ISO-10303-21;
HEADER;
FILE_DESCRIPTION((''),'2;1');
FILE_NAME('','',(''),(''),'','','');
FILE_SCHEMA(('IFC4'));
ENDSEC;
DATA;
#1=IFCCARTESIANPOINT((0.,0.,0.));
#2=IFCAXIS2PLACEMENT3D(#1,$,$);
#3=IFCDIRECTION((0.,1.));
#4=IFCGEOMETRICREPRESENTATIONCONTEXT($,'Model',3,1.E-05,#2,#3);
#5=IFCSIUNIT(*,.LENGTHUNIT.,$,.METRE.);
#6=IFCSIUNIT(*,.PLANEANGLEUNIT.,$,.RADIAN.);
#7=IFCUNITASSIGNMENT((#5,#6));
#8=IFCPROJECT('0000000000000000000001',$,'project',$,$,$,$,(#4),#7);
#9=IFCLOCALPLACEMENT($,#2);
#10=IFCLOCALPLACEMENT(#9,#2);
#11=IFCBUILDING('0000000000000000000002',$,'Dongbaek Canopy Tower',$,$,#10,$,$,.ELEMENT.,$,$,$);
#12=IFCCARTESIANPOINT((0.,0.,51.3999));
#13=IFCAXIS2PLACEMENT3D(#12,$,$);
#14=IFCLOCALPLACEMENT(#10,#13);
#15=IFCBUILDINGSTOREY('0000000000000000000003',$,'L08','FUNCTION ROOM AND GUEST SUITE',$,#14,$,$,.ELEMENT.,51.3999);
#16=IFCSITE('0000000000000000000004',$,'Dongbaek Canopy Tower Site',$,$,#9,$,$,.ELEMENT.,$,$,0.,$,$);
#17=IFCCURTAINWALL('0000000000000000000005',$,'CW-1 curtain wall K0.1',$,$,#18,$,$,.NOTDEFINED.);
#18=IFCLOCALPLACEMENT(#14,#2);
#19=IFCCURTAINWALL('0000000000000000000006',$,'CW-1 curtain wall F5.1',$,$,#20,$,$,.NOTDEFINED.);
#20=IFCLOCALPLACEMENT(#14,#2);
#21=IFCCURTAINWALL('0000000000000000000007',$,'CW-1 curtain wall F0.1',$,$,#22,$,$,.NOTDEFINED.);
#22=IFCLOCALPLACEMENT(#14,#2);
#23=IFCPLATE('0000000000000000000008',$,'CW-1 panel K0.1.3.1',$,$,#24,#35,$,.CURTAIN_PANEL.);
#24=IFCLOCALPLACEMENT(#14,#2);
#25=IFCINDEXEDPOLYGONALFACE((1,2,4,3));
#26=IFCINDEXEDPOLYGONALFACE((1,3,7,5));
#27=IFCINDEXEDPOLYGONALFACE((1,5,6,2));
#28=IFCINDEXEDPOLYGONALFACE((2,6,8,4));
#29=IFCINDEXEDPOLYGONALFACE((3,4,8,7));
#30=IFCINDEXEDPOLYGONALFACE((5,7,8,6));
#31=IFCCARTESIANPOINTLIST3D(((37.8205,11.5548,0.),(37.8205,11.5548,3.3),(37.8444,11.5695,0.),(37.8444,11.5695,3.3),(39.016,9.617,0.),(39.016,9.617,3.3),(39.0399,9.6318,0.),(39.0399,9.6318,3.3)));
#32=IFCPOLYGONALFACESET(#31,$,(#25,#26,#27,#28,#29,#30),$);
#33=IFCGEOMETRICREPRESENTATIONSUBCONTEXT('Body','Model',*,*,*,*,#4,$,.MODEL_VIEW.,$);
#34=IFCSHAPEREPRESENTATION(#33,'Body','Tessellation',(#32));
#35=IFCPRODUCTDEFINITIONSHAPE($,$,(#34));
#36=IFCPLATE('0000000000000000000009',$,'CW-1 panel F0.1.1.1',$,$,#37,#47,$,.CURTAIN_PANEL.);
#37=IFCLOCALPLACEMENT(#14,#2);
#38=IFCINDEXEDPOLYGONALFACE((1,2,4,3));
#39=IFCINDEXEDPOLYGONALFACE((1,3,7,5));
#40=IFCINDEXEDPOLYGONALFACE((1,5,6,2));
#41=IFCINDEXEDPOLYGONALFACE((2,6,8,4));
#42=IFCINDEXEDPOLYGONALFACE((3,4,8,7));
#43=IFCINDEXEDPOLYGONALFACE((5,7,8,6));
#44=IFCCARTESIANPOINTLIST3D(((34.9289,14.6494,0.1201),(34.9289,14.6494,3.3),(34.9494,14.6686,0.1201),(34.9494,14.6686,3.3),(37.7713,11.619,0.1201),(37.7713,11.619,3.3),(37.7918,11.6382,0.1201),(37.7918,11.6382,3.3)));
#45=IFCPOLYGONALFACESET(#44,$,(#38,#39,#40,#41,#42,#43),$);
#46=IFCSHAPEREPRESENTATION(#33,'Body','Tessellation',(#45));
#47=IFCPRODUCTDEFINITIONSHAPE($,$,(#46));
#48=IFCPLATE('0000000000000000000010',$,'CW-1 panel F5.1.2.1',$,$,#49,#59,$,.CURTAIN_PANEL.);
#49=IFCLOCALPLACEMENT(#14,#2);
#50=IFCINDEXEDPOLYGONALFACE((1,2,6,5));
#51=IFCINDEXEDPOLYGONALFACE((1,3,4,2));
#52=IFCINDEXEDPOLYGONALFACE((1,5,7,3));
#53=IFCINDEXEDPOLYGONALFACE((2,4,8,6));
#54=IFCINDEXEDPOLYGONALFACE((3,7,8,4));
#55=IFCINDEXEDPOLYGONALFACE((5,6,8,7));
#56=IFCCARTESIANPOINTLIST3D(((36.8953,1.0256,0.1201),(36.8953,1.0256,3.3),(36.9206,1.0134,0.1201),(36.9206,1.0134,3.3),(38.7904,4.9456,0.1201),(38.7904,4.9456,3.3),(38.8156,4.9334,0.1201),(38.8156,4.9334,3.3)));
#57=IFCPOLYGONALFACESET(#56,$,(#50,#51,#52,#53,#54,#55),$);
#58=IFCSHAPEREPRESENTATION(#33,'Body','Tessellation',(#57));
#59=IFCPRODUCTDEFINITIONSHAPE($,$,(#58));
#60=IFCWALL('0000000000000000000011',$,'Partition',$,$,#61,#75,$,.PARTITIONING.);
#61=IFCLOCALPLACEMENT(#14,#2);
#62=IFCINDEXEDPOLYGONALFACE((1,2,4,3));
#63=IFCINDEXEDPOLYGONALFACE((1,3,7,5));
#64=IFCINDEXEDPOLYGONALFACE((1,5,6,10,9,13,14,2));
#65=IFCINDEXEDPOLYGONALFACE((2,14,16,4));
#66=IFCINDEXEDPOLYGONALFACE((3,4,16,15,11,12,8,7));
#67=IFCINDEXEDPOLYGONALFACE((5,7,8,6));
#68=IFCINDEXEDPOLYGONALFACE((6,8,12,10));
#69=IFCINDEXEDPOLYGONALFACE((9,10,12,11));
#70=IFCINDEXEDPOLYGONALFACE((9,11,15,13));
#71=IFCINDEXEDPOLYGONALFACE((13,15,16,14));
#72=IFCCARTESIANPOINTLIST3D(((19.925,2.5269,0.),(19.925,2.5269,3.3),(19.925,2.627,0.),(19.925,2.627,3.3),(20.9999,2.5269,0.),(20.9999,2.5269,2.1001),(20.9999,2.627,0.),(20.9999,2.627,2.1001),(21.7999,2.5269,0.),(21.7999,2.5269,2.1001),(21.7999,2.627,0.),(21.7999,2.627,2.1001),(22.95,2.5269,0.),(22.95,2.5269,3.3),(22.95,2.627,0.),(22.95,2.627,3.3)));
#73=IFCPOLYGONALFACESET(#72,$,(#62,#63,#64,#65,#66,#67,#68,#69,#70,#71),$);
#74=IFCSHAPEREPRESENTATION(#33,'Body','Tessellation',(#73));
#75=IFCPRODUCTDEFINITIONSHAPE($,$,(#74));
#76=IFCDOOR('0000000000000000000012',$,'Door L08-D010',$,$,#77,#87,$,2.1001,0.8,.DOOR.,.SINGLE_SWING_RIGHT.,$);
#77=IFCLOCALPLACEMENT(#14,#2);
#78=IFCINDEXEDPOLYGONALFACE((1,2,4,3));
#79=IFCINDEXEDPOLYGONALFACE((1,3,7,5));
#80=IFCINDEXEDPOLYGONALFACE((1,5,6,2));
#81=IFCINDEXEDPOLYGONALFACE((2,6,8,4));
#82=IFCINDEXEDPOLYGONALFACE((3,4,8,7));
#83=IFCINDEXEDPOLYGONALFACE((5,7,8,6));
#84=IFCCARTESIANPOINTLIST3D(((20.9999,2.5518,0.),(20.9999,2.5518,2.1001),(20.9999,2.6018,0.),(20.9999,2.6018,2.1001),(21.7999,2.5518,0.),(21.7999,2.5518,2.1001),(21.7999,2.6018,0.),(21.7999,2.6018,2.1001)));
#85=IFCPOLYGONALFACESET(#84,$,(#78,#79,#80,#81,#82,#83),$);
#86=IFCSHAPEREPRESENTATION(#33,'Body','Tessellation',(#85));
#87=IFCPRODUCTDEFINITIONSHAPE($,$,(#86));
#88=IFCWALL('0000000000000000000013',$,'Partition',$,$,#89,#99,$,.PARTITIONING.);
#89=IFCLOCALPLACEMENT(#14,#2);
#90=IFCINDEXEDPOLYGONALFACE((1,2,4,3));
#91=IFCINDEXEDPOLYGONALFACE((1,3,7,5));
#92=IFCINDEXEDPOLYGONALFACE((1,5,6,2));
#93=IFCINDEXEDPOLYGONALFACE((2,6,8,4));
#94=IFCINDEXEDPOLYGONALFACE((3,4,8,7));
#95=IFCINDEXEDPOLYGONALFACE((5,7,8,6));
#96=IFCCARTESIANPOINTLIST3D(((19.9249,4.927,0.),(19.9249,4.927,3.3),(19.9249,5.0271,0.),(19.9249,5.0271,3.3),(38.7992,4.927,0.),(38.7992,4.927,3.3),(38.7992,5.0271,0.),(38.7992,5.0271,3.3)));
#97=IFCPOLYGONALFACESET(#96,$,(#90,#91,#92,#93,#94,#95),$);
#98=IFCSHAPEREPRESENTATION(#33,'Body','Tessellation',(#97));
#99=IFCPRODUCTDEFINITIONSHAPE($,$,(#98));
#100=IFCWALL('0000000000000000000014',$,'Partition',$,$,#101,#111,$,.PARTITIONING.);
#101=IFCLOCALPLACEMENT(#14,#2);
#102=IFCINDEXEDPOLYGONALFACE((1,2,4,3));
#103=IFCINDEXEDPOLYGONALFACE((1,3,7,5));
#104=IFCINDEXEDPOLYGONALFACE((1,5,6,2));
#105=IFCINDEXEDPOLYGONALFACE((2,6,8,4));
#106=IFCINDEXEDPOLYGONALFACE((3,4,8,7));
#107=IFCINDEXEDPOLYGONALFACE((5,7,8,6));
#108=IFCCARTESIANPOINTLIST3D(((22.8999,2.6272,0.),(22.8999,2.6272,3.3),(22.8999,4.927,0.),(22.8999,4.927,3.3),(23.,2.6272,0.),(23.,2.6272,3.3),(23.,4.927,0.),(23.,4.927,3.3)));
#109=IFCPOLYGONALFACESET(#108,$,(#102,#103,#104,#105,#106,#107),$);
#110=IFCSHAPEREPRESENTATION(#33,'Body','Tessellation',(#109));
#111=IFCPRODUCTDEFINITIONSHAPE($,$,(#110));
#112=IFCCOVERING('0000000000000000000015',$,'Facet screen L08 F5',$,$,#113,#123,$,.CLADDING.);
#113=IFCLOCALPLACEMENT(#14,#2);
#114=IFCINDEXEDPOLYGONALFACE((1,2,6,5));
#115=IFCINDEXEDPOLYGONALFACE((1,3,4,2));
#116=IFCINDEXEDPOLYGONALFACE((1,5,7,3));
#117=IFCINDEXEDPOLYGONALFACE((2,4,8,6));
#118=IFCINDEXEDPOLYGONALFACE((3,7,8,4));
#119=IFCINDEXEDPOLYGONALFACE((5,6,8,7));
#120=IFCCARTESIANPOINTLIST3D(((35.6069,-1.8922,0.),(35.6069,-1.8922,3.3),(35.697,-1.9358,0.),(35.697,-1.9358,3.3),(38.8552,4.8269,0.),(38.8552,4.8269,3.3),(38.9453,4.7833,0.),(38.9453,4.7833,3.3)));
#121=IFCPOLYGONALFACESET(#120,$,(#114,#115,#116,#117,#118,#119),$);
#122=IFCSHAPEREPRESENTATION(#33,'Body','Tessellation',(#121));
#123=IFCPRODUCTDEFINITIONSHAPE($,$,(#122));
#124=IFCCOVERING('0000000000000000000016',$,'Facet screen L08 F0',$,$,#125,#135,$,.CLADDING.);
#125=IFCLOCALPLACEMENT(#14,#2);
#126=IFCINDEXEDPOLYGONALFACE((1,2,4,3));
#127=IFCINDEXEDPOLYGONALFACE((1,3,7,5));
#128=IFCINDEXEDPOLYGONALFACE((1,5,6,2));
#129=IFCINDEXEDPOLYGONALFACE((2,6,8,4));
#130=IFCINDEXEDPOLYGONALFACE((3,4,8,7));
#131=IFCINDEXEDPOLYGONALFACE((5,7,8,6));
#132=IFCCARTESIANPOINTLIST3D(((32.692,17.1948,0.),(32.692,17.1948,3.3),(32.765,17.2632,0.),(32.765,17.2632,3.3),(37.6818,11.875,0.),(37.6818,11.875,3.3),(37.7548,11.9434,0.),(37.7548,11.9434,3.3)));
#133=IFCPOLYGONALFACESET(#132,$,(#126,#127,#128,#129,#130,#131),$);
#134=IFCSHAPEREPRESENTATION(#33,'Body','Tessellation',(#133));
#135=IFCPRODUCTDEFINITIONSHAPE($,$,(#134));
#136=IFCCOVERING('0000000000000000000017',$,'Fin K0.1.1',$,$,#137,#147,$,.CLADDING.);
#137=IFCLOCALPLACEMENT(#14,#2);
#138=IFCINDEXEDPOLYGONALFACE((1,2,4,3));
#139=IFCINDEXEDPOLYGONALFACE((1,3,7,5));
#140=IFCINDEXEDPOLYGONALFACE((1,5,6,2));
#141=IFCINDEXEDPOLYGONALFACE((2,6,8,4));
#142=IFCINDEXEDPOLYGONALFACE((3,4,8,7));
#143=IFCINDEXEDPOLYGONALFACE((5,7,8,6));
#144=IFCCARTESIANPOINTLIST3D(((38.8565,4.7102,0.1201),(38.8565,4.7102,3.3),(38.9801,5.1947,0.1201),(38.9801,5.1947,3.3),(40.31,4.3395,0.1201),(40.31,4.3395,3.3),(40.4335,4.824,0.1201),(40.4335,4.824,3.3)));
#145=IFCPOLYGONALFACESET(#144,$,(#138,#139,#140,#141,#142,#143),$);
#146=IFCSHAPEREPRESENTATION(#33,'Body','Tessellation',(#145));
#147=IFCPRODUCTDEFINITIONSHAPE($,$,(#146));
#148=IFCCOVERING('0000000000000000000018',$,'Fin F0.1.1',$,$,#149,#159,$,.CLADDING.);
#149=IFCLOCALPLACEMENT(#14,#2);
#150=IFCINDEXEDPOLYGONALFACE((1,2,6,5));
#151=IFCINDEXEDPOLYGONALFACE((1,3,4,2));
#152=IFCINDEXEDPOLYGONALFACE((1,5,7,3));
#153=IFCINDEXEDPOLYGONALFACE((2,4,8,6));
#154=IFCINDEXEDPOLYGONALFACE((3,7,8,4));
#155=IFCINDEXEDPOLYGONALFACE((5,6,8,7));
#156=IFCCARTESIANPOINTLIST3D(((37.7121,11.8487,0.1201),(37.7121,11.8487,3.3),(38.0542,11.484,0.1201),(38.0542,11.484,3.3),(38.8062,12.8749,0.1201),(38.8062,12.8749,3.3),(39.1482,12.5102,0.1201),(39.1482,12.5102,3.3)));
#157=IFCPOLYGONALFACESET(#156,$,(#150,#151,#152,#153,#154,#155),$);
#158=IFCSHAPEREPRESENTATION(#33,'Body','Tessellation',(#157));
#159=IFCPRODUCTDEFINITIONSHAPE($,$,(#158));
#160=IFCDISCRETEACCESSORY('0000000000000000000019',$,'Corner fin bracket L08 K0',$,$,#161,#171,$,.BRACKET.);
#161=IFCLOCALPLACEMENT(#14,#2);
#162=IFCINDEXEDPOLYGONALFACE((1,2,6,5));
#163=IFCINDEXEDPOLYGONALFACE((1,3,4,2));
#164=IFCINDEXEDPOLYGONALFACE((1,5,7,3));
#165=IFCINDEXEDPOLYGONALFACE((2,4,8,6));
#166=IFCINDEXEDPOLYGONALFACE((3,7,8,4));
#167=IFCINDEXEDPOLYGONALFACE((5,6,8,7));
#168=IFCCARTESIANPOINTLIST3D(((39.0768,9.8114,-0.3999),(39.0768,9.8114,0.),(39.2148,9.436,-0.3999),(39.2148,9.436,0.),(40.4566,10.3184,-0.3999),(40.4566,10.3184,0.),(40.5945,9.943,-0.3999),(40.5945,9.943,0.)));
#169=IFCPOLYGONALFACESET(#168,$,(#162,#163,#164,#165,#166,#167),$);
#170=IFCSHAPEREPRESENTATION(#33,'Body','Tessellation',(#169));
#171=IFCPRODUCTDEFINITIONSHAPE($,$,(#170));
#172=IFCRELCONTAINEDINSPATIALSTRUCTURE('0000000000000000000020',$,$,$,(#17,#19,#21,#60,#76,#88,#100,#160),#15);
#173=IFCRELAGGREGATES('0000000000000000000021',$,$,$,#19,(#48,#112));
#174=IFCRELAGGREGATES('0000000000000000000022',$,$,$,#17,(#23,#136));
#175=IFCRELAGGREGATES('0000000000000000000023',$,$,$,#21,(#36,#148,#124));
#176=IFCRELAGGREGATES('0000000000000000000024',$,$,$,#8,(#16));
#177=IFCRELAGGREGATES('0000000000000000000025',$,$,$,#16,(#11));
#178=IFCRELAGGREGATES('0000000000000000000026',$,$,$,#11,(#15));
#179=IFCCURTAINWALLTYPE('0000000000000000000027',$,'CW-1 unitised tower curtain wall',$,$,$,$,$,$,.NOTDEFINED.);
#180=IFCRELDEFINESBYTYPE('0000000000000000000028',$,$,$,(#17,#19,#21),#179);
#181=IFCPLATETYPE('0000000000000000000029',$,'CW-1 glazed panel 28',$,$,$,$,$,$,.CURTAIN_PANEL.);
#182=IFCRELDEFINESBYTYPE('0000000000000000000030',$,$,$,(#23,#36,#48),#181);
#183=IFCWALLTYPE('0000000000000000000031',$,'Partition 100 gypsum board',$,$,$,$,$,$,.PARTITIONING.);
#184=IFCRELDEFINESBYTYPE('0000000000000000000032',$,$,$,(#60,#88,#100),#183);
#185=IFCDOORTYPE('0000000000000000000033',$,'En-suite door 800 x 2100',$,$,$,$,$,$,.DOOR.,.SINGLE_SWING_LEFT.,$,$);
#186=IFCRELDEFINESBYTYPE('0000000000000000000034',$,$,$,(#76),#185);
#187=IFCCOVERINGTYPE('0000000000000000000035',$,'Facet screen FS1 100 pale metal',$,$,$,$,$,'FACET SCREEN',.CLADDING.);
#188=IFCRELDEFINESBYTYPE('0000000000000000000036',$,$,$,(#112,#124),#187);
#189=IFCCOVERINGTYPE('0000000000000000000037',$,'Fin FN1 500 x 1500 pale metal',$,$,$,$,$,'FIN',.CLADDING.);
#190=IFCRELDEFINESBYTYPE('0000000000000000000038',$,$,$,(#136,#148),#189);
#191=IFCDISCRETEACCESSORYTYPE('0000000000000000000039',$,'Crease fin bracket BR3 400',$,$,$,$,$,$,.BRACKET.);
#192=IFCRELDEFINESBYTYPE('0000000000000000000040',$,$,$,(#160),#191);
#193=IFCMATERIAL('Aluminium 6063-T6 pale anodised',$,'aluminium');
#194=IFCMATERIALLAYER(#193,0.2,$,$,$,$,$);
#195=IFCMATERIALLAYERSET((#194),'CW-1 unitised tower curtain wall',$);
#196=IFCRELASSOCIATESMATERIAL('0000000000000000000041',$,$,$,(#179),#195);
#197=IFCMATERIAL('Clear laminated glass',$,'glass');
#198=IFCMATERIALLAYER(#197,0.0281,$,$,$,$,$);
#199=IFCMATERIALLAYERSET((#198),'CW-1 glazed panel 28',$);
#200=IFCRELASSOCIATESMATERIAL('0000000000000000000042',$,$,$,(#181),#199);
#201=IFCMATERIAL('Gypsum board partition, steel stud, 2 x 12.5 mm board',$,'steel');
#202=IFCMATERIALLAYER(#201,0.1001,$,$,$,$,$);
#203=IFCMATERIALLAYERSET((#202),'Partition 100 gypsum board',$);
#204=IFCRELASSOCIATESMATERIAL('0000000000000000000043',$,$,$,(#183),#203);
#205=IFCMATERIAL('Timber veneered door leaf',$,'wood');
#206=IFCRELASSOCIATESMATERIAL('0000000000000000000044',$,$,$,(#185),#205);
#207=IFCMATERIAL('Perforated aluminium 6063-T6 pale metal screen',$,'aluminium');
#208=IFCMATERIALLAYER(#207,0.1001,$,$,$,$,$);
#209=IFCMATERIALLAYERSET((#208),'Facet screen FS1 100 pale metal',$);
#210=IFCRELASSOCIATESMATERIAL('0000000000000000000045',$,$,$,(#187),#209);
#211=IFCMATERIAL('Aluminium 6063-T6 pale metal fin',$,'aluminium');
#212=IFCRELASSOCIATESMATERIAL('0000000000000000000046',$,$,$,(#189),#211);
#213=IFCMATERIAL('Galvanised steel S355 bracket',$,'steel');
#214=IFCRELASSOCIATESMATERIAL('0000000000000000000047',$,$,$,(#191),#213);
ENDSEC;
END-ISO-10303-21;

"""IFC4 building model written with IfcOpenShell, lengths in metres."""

from ifc_helpers import new_model, si_unit, direction, frame, frame_2d, origin, origin_2d, place, context, subcontext, project, spatial, rectangle, extrude, material, layer, layer_set, material_profile, profile_set, type_object, element, fill, aggregate, save


model = new_model("IFC4")

# Units and contexts
model_context = context("Model", 3, precision=1e-05, world=origin(), true_north=direction((0.0, 1.0)))
body_context = subcontext(model_context, "Body", "Model", "MODEL_VIEW")
ifc_project = project(units=[si_unit("LENGTHUNIT", "METRE"), si_unit("PLANEANGLEUNIT", "RADIAN")], contexts=[model_context])

# Site, building, storey
site_placement = place(None, origin())
site = spatial("IfcSite", under=ifc_project, at=site_placement, Name="Dongbaek Canopy Tower Site", CompositionType="ELEMENT", RefElevation=0.0)
building_placement = place(site_placement, origin())
building = spatial("IfcBuilding", under=site, at=building_placement, Name="Dongbaek Canopy Tower", CompositionType="ELEMENT")
storey_placement = place(building_placement, frame((0.0, 0.0, 51.3999)))
storey = spatial("IfcBuildingStorey", under=building, at=storey_placement, Name="L08", Description="FUNCTION ROOM AND GUEST SUITE", CompositionType="ELEMENT", Elevation=51.3999)

# Curtain wall
ifc_material_1 = material(Name="Aluminium 6063-T6 pale anodised", Category="aluminium")
ifc_layer_1 = layer(ifc_material_1, 0.2)
ifc_layer_set_1 = layer_set([ifc_layer_1], Name="CW-1 unitised tower curtain wall")
curtain_wall_type = type_object("IfcCurtainWallType", Name="CW-1 unitised tower curtain wall", PredefinedType="NOTDEFINED", material=ifc_layer_set_1)
curtain_wall_1_placement = place(storey_placement, origin())
curtain_wall_1 = element("IfcCurtainWall", 1, at=curtain_wall_1_placement, inside=storey, type_object=curtain_wall_type, Name="CW-1 curtain wall K0.1", PredefinedType="NOTDEFINED")

# Curtain walls
curtain_wall_2_placement = place(storey_placement, origin())
curtain_wall_2 = element("IfcCurtainWall", 2, at=curtain_wall_2_placement, inside=storey, type_object=curtain_wall_type, Name="CW-1 curtain wall F5.1", PredefinedType="NOTDEFINED")
curtain_wall_3_placement = place(storey_placement, origin())
curtain_wall_3 = element("IfcCurtainWall", 3, at=curtain_wall_3_placement, inside=storey, type_object=curtain_wall_type, Name="CW-1 curtain wall F0.1", PredefinedType="NOTDEFINED")

# Plates
ifc_material_2 = material(Name="Clear laminated glass", Category="glass")
ifc_layer_2 = layer(ifc_material_2, 0.0281)
ifc_layer_set_2 = layer_set([ifc_layer_2], Name="CW-1 glazed panel 28")
plate_type = type_object("IfcPlateType", Name="CW-1 glazed panel 28", PredefinedType="CURTAIN_PANEL", material=ifc_layer_set_2)
plate_1_placement = place(storey_placement, frame((38.4302, 10.5933, 0.0), z_axis=(0.0, 0.0, 1.0), x_axis=(-0.525054, 0.851069, 0.0)))
plate_1 = element("IfcPlate", 4, at=plate_1_placement, type_object=plate_type, Name="CW-1 panel K0.1.3.1", PredefinedType="CURTAIN_PANEL", context=body_context, shape_type="SweptSolid", body=[
    extrude(rectangle(XDim=2.2769, YDim=0.0281, at=origin_2d()), origin(), (0.0, 0.0, 1.0), 3.3),
])
plate_2_placement = place(storey_placement, frame((36.3604, 13.1438, 0.1201), z_axis=(0.0, 0.0, 1.0), x_axis=(-0.68412, 0.729369, 0.0)))
plate_2 = element("IfcPlate", 5, at=plate_2_placement, type_object=plate_type, Name="CW-1 panel F0.1.1.1", PredefinedType="CURTAIN_PANEL", context=body_context, shape_type="SweptSolid", body=[
    extrude(rectangle(XDim=4.1548, YDim=0.0281, at=origin_2d()), origin(), (0.0, 0.0, 1.0), 3.1799),
])
plate_3_placement = place(storey_placement, frame((37.8555, 2.9795, 0.1201), z_axis=(0.0, 0.0, 1.0), x_axis=(0.435245, 0.900312, 0.0)))
plate_3 = element("IfcPlate", 6, at=plate_3_placement, type_object=plate_type, Name="CW-1 panel F5.1.2.1", PredefinedType="CURTAIN_PANEL", context=body_context, shape_type="SweptSolid", body=[
    extrude(rectangle(XDim=4.354, YDim=0.0281, at=origin_2d()), origin(), (0.0, 0.0, 1.0), 3.1799),
])

# Wall, opening, door
ifc_material_3 = material(Name="Gypsum board partition, steel stud, 2 x 12.5 mm board", Category="steel")
ifc_layer_3 = layer(ifc_material_3, 0.1001)
ifc_layer_set_3 = layer_set([ifc_layer_3], Name="Partition 100 gypsum board")
wall_type = type_object("IfcWallType", Name="Partition 100 gypsum board", PredefinedType="PARTITIONING", material=ifc_layer_set_3)
wall_1_placement = place(storey_placement, frame((19.925, 2.5769, 0.0), z_axis=(0.0, 0.0, 1.0), x_axis=(1.0, 0.0, 0.0)))
wall_1 = element("IfcWall", 7, at=wall_1_placement, inside=storey, type_object=wall_type, Name="Partition", PredefinedType="PARTITIONING", context=body_context, shape_type="SweptSolid", body=[
    extrude(rectangle(XDim=3.0249, YDim=0.1001, at=frame_2d((1.5125, 0.0))), origin(), (0.0, 0.0, 1.0), 3.3),
])
opening_placement = place(wall_1_placement, frame((1.075, 0.0, 0.0)))
opening = element("IfcOpeningElement", 8, at=opening_placement, cuts=wall_1, PredefinedType="OPENING", context=body_context, shape_type="SweptSolid", body=[
    extrude(rectangle(XDim=0.8, YDim=2.1001, at=frame_2d((0.3999, 1.05))), frame((0.0, 0.0601, 0.0), z_axis=(0.0, -1.0, 0.0), x_axis=(1.0, 0.0, 0.0)), (0.0, 0.0, 1.0), 0.1201),
])
ifc_material_4 = material(Name="Timber veneered door leaf", Category="wood")
door_type = type_object("IfcDoorType", Name="En-suite door 800 x 2100", OperationType="SINGLE_SWING_LEFT", PredefinedType="DOOR", material=ifc_material_4)
door_placement = place(opening_placement, origin())
door = element("IfcDoor", 9, at=door_placement, inside=storey, type_object=door_type, Name="Door L08-D010", OperationType="SINGLE_SWING_RIGHT", OverallHeight=2.1001, OverallWidth=0.8, PredefinedType="DOOR", context=body_context, shape_type="SweptSolid", body=[
    extrude(rectangle(XDim=0.8, YDim=2.1001, at=frame_2d((0.3999, 1.05))), frame((0.0, 0.0249, 0.0), z_axis=(0.0, -1.0, 0.0), x_axis=(1.0, 0.0, 0.0)), (0.0, 0.0, 1.0), 0.05),
])
fill(opening, door)

# Walls
wall_2_placement = place(storey_placement, frame((19.925, 4.9771, 0.0), z_axis=(0.0, 0.0, 1.0), x_axis=(1.0, 0.0, 0.0)))
element("IfcWall", 10, at=wall_2_placement, inside=storey, type_object=wall_type, Name="Partition", PredefinedType="PARTITIONING", context=body_context, shape_type="SweptSolid", body=[
    extrude(rectangle(XDim=18.8743, YDim=0.1001, at=frame_2d((9.437, 0.0))), origin(), (0.0, 0.0, 1.0), 3.3),
])
wall_3_placement = place(storey_placement, frame((22.95, 2.6272, 0.0), z_axis=(0.0, 0.0, 1.0), x_axis=(0.0, 1.0, 0.0)))
element("IfcWall", 11, at=wall_3_placement, inside=storey, type_object=wall_type, Name="Partition", PredefinedType="PARTITIONING", context=body_context, shape_type="SweptSolid", body=[
    extrude(rectangle(XDim=2.2998, YDim=0.1001, at=frame_2d((1.1499, 0.0))), origin(), (0.0, 0.0, 1.0), 3.3),
])

# Coverings
ifc_material_5 = material(Name="Perforated aluminium 6063-T6 pale metal screen", Category="aluminium")
ifc_layer_4 = layer(ifc_material_5, 0.1001)
ifc_layer_set_4 = layer_set([ifc_layer_4], Name="Facet screen FS1 100 pale metal")
covering_type_1 = type_object("IfcCoveringType", Name="Facet screen FS1 100 pale metal", ElementType="FACET SCREEN", PredefinedType="CLADDING", material=ifc_layer_set_4)
covering_1_placement = place(storey_placement, frame((37.2761, 1.4456, 0.0), z_axis=(0.0, 0.0, 1.0), x_axis=(0.435245, 0.900312, 0.0)))
covering_1 = element("IfcCovering", 12, at=covering_1_placement, type_object=covering_type_1, Name="Facet screen L08 F5", PredefinedType="CLADDING", context=body_context, shape_type="SweptSolid", body=[
    extrude(rectangle(XDim=7.4631, YDim=0.1001, at=origin_2d()), origin(), (0.0, 0.0, 1.0), 3.3),
])
aggregate(curtain_wall_2, [plate_3, covering_1])
covering_2_placement = place(storey_placement, frame((35.2234, 14.5691, 0.0), z_axis=(0.0, 0.0, 1.0), x_axis=(-0.684121, 0.729369, 0.0)))
covering_2 = element("IfcCovering", 13, at=covering_2_placement, type_object=covering_type_1, Name="Facet screen L08 F0", PredefinedType="CLADDING", context=body_context, shape_type="SweptSolid", body=[
    extrude(rectangle(XDim=7.2937, YDim=0.1001, at=origin_2d()), origin(), (0.0, 0.0, 1.0), 3.3),
])
ifc_material_6 = material(Name="Aluminium 6063-T6 pale metal fin", Category="aluminium")
ifc_material_profile_1 = material_profile(ifc_material_6, rectangle(XDim=1.5, YDim=0.5, at=origin_2d()), Name="Fin FN1 500 x 1500 pale metal")
ifc_profile_set_1 = profile_set([ifc_material_profile_1], Name="Aluminium 6063-T6 pale metal fin")
covering_type_2 = type_object("IfcCoveringType", Name="Fin FN1 500 x 1500 pale metal", ElementType="FIN", PredefinedType="CLADDING", material=ifc_profile_set_1)
covering_3_placement = place(storey_placement, frame((39.645, 4.7671, 0.1201), z_axis=(0.0, 0.0, 1.0), x_axis=(0.968988, -0.247106, 0.0)))
covering_3 = element("IfcCovering", 14, at=covering_3_placement, type_object=covering_type_2, Name="Fin K0.1.1", PredefinedType="CLADDING", context=body_context, shape_type="SweptSolid", body=[
    extrude(rectangle(XDim=1.5, YDim=0.5, at=origin_2d()), origin(), (0.0, 0.0, 1.0), 3.1799),
])
aggregate(curtain_wall_1, [plate_1, covering_3])
covering_4_placement = place(storey_placement, frame((38.4302, 12.1794, 0.1201), z_axis=(0.0, 0.0, 1.0), x_axis=(0.729369, 0.68412, 0.0)))
covering_4 = element("IfcCovering", 15, at=covering_4_placement, type_object=covering_type_2, Name="Fin F0.1.1", PredefinedType="CLADDING", context=body_context, shape_type="SweptSolid", body=[
    extrude(rectangle(XDim=1.5, YDim=0.5, at=origin_2d()), origin(), (0.0, 0.0, 1.0), 3.1799),
])
aggregate(curtain_wall_3, [plate_2, covering_4, covering_2])

# Discrete accessory
ifc_material_7 = material(Name="Galvanised steel S355 bracket", Category="steel")
discrete_accessory_type = type_object("IfcDiscreteAccessoryType", Name="Crease fin bracket BR3 400", PredefinedType="BRACKET", material=ifc_material_7)
discrete_accessory_placement = place(storey_placement, frame((39.8357, 9.8772, -0.3999), z_axis=(0.0, 0.0, 1.0), x_axis=(0.93863, 0.344926, 0.0)))
element("IfcDiscreteAccessory", 16, at=discrete_accessory_placement, inside=storey, type_object=discrete_accessory_type, Name="Corner fin bracket L08 K0", PredefinedType="BRACKET", context=body_context, shape_type="SweptSolid", body=[
    extrude(rectangle(XDim=1.47, YDim=0.3999, at=origin_2d()), origin(), (0.0, 0.0, 1.0), 0.3999),
])

save(model, "model.ifc")
